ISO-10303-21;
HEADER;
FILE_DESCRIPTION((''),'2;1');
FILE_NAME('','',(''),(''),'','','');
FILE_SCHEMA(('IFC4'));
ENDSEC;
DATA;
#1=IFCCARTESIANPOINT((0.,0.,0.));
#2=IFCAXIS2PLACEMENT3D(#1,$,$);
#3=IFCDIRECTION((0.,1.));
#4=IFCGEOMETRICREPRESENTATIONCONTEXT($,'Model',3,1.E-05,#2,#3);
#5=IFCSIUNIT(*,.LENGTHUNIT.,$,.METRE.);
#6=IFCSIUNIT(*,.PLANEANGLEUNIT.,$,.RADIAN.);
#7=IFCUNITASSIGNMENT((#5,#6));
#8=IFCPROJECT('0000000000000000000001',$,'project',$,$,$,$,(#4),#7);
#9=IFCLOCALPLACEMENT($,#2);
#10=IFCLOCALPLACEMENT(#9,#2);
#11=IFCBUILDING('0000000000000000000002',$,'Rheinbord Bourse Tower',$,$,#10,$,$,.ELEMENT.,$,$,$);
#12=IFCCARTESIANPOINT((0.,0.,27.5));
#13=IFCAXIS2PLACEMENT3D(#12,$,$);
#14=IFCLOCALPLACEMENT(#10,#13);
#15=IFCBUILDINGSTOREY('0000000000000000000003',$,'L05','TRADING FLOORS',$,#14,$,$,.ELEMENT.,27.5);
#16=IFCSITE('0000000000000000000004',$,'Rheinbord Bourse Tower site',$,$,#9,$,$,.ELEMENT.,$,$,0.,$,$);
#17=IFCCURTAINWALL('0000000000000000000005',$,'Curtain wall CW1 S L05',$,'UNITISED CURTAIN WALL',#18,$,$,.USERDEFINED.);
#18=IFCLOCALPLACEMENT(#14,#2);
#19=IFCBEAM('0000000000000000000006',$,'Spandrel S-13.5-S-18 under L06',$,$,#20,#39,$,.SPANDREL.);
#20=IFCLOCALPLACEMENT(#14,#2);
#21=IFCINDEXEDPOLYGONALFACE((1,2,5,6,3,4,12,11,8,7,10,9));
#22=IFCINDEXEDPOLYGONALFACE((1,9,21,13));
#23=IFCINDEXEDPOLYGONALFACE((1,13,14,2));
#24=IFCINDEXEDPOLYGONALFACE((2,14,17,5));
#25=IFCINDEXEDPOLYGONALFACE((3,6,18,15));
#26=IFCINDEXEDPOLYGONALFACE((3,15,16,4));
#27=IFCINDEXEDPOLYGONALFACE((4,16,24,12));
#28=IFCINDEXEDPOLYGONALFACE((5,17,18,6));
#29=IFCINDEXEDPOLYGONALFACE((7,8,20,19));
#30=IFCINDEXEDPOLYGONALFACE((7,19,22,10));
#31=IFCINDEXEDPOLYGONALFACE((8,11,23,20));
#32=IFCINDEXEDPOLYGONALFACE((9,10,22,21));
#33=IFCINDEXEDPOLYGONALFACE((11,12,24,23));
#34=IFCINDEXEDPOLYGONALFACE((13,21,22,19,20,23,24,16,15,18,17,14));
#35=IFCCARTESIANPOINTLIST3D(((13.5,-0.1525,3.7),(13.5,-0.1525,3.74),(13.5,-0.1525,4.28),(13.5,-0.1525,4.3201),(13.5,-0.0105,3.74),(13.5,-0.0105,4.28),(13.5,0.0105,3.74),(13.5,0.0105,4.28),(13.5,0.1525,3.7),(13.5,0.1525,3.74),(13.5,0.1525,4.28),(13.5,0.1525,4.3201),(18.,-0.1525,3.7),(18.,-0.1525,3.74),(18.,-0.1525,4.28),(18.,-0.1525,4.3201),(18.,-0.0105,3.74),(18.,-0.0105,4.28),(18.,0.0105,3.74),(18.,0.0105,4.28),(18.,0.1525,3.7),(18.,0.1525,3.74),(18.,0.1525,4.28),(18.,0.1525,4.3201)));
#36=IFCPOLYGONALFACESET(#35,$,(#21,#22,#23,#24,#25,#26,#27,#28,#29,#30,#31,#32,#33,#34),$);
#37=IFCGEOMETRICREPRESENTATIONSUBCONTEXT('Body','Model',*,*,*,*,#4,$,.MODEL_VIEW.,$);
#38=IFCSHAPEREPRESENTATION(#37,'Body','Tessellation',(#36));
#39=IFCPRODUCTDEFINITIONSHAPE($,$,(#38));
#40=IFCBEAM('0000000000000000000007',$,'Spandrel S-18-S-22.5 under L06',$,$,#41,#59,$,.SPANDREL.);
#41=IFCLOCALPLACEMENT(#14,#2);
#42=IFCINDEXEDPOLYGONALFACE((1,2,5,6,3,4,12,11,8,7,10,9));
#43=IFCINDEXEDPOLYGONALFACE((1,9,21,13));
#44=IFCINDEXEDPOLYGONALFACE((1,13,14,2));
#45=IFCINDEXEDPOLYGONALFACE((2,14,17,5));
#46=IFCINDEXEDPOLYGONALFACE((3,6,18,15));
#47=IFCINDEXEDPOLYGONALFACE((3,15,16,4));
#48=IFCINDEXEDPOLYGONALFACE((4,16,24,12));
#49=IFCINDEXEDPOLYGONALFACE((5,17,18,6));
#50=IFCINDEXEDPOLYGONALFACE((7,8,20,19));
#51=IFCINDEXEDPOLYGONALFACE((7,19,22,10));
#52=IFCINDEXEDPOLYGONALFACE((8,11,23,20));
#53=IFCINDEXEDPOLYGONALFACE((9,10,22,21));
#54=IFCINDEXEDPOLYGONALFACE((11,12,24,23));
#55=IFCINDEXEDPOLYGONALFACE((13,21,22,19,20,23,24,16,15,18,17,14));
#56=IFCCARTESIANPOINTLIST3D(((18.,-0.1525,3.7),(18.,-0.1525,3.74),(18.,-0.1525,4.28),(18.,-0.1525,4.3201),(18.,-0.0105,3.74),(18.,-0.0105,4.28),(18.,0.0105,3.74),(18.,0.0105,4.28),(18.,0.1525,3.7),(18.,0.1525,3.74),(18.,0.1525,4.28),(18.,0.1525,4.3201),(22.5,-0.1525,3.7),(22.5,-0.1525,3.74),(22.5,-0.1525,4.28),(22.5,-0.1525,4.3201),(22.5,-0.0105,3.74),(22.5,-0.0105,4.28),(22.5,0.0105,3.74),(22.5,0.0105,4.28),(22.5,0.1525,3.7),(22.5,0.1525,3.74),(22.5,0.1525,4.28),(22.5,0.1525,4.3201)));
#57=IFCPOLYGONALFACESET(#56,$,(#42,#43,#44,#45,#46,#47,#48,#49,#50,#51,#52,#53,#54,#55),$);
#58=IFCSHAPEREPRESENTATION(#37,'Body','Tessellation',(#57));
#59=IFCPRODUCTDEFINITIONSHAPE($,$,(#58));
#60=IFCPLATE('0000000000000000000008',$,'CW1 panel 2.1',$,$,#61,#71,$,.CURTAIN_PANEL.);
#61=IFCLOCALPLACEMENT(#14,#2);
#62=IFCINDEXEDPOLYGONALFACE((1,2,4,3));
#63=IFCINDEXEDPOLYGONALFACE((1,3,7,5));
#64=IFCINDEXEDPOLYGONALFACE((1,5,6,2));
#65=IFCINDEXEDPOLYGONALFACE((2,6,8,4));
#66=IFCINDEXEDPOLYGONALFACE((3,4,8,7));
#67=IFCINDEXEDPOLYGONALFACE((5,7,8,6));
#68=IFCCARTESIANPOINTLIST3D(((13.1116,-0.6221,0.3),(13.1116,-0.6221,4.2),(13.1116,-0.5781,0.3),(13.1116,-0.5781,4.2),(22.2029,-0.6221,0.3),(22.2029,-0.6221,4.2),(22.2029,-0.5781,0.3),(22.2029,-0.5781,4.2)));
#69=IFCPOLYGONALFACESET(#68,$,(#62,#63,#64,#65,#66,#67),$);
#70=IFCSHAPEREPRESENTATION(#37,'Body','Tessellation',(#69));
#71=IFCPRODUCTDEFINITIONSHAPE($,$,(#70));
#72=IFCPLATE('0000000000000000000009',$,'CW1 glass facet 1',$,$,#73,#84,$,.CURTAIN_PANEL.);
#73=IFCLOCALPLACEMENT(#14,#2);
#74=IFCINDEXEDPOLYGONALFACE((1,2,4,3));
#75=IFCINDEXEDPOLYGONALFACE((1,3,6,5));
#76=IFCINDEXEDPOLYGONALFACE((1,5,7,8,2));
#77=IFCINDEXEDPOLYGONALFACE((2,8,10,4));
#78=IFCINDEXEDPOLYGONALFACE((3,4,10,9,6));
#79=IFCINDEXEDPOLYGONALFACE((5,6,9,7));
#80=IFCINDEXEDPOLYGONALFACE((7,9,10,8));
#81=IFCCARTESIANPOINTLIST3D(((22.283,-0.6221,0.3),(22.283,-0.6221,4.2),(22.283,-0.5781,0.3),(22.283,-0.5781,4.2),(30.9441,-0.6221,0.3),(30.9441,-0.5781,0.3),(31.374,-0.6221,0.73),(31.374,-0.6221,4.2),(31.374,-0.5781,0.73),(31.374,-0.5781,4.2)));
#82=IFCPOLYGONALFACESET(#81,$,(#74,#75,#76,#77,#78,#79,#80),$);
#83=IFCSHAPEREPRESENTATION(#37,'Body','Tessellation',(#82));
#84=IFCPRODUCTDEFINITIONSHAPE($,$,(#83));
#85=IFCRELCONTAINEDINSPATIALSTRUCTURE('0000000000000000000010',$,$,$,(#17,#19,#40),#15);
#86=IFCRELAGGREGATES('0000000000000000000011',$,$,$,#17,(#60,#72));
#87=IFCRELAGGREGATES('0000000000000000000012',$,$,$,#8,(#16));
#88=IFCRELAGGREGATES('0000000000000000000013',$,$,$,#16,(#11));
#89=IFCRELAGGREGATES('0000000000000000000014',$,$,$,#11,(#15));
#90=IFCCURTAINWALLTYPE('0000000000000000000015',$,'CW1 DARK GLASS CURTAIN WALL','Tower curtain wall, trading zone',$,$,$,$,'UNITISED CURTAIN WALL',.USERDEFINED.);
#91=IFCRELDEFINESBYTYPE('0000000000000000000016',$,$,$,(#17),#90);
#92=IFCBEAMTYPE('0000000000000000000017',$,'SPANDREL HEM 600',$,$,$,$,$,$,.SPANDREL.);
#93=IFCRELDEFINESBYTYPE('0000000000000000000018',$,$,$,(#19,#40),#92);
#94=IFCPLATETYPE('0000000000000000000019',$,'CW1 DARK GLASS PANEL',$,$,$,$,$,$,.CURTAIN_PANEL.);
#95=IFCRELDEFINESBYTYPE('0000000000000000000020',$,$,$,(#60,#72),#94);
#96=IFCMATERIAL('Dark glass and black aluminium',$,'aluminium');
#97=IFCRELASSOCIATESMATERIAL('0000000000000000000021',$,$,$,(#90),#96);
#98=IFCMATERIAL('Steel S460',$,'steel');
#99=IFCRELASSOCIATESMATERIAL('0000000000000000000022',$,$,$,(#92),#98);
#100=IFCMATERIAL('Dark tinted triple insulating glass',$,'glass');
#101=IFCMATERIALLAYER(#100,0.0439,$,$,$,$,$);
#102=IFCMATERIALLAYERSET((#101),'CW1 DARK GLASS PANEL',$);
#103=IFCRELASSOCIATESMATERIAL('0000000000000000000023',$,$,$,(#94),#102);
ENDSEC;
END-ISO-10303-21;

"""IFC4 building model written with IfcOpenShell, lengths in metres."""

from ifc_helpers import new_model, si_unit, direction, frame, origin, origin_2d, place, context, subcontext, project, spatial, polyline, rectangle, i_section, outline, extrude, material, layer, layer_set, material_profile, profile_set, type_object, element, aggregate, save


model = new_model("IFC4")

# Units and contexts
model_context = context("Model", 3, precision=1e-05, world=origin(), true_north=direction((0.0, 1.0)))
body_context = subcontext(model_context, "Body", "Model", "MODEL_VIEW")
ifc_project = project(units=[si_unit("LENGTHUNIT", "METRE"), si_unit("PLANEANGLEUNIT", "RADIAN")], contexts=[model_context])

# Site, building, storey
site_placement = place(None, origin())
site = spatial("IfcSite", under=ifc_project, at=site_placement, Name="Rheinbord Bourse Tower site", CompositionType="ELEMENT", RefElevation=0.0)
building_placement = place(site_placement, origin())
building = spatial("IfcBuilding", under=site, at=building_placement, Name="Rheinbord Bourse Tower", CompositionType="ELEMENT")
storey_placement = place(building_placement, frame((0.0, 0.0, 27.5)))
storey = spatial("IfcBuildingStorey", under=building, at=storey_placement, Name="L05", Description="TRADING FLOORS", CompositionType="ELEMENT", Elevation=27.5)

# Curtain wall
ifc_material_1 = material(Name="Dark glass and black aluminium", Category="aluminium")
curtain_wall_type = type_object("IfcCurtainWallType", Name="CW1 DARK GLASS CURTAIN WALL", Description="Tower curtain wall, trading zone", ElementType="UNITISED CURTAIN WALL", PredefinedType="USERDEFINED", material=ifc_material_1)
curtain_wall_placement = place(storey_placement, origin())
curtain_wall = element("IfcCurtainWall", 1, at=curtain_wall_placement, inside=storey, type_object=curtain_wall_type, Name="Curtain wall CW1 S L05", ObjectType="UNITISED CURTAIN WALL", PredefinedType="USERDEFINED")

# Beams
ifc_material_2 = material(Name="Steel S460", Category="steel")
ifc_material_profile_1 = material_profile(ifc_material_2, i_section(OverallWidth=0.3049, OverallDepth=0.6201, WebThickness=0.021, FlangeThickness=0.04, at=origin_2d()), Name="HEM 600")
ifc_profile_set_1 = profile_set([ifc_material_profile_1], Name="Steel S460")
beam_type_1 = type_object("IfcBeamType", Name="SPANDREL HEM 600", PredefinedType="SPANDREL", material=ifc_profile_set_1)
for number, where, z_axis, x_axis, name in (
    (2, (13.5, 0.0, 4.01), (1.0, 0.0, 0.0), (0.0, 1.0, 0.0), "Spandrel S-13.5-S-18 under L06"),
    (3, (18.0, 0.0, 4.01), (1.0, 0.0, 0.0), (0.0, 1.0, 0.0), "Spandrel S-18-S-22.5 under L06"),
):
    element("IfcBeam", number, at=place(storey_placement, frame(where, z_axis=z_axis, x_axis=x_axis)), inside=storey, type_object=beam_type_1, Name=name, PredefinedType="SPANDREL", context=body_context, shape_type="SweptSolid", body=[
        extrude(i_section(OverallWidth=0.3049, OverallDepth=0.6201, WebThickness=0.021, FlangeThickness=0.04, at=origin_2d()), origin(), (0.0, 0.0, 1.0), 4.5),
    ])

# Plates
ifc_material_3 = material(Name="Dark tinted triple insulating glass", Category="glass")
ifc_layer = layer(ifc_material_3, 0.0439)
ifc_layer_set = layer_set([ifc_layer], Name="CW1 DARK GLASS PANEL")
plate_type = type_object("IfcPlateType", Name="CW1 DARK GLASS PANEL", PredefinedType="CURTAIN_PANEL", material=ifc_layer_set)
plate_1_placement = place(storey_placement, frame((17.6572, -0.6001, 0.3), z_axis=(0.0, 0.0, 1.0), x_axis=(1.0, 0.0, 0.0)))
plate_1 = element("IfcPlate", 4, at=plate_1_placement, type_object=plate_type, Name="CW1 panel 2.1", PredefinedType="CURTAIN_PANEL", context=body_context, shape_type="SweptSolid", body=[
    extrude(rectangle(XDim=9.0913, YDim=0.0439, at=origin_2d()), origin(), (0.0, 0.0, 1.0), 3.8999),
])
plate_2_placement = place(storey_placement, frame((22.283, -0.6221, 0.3), z_axis=(0.0, 1.0, 0.0), x_axis=(0.0, 0.0, 1.0)))
plate_2 = element("IfcPlate", 5, at=plate_2_placement, type_object=plate_type, Name="CW1 glass facet 1", PredefinedType="CURTAIN_PANEL", context=body_context, shape_type="SweptSolid", body=[
    extrude(outline(polyline([(0.0, 0.0), (3.8999, 0.0), (3.8999, 9.0911), (0.4299, 9.0911), (0.0, 8.6611), (0.0, 0.0)])), origin(), (0.0, 0.0, 1.0), 0.0439),
])
aggregate(curtain_wall, [plate_1, plate_2])

save(model, "model.ifc")
